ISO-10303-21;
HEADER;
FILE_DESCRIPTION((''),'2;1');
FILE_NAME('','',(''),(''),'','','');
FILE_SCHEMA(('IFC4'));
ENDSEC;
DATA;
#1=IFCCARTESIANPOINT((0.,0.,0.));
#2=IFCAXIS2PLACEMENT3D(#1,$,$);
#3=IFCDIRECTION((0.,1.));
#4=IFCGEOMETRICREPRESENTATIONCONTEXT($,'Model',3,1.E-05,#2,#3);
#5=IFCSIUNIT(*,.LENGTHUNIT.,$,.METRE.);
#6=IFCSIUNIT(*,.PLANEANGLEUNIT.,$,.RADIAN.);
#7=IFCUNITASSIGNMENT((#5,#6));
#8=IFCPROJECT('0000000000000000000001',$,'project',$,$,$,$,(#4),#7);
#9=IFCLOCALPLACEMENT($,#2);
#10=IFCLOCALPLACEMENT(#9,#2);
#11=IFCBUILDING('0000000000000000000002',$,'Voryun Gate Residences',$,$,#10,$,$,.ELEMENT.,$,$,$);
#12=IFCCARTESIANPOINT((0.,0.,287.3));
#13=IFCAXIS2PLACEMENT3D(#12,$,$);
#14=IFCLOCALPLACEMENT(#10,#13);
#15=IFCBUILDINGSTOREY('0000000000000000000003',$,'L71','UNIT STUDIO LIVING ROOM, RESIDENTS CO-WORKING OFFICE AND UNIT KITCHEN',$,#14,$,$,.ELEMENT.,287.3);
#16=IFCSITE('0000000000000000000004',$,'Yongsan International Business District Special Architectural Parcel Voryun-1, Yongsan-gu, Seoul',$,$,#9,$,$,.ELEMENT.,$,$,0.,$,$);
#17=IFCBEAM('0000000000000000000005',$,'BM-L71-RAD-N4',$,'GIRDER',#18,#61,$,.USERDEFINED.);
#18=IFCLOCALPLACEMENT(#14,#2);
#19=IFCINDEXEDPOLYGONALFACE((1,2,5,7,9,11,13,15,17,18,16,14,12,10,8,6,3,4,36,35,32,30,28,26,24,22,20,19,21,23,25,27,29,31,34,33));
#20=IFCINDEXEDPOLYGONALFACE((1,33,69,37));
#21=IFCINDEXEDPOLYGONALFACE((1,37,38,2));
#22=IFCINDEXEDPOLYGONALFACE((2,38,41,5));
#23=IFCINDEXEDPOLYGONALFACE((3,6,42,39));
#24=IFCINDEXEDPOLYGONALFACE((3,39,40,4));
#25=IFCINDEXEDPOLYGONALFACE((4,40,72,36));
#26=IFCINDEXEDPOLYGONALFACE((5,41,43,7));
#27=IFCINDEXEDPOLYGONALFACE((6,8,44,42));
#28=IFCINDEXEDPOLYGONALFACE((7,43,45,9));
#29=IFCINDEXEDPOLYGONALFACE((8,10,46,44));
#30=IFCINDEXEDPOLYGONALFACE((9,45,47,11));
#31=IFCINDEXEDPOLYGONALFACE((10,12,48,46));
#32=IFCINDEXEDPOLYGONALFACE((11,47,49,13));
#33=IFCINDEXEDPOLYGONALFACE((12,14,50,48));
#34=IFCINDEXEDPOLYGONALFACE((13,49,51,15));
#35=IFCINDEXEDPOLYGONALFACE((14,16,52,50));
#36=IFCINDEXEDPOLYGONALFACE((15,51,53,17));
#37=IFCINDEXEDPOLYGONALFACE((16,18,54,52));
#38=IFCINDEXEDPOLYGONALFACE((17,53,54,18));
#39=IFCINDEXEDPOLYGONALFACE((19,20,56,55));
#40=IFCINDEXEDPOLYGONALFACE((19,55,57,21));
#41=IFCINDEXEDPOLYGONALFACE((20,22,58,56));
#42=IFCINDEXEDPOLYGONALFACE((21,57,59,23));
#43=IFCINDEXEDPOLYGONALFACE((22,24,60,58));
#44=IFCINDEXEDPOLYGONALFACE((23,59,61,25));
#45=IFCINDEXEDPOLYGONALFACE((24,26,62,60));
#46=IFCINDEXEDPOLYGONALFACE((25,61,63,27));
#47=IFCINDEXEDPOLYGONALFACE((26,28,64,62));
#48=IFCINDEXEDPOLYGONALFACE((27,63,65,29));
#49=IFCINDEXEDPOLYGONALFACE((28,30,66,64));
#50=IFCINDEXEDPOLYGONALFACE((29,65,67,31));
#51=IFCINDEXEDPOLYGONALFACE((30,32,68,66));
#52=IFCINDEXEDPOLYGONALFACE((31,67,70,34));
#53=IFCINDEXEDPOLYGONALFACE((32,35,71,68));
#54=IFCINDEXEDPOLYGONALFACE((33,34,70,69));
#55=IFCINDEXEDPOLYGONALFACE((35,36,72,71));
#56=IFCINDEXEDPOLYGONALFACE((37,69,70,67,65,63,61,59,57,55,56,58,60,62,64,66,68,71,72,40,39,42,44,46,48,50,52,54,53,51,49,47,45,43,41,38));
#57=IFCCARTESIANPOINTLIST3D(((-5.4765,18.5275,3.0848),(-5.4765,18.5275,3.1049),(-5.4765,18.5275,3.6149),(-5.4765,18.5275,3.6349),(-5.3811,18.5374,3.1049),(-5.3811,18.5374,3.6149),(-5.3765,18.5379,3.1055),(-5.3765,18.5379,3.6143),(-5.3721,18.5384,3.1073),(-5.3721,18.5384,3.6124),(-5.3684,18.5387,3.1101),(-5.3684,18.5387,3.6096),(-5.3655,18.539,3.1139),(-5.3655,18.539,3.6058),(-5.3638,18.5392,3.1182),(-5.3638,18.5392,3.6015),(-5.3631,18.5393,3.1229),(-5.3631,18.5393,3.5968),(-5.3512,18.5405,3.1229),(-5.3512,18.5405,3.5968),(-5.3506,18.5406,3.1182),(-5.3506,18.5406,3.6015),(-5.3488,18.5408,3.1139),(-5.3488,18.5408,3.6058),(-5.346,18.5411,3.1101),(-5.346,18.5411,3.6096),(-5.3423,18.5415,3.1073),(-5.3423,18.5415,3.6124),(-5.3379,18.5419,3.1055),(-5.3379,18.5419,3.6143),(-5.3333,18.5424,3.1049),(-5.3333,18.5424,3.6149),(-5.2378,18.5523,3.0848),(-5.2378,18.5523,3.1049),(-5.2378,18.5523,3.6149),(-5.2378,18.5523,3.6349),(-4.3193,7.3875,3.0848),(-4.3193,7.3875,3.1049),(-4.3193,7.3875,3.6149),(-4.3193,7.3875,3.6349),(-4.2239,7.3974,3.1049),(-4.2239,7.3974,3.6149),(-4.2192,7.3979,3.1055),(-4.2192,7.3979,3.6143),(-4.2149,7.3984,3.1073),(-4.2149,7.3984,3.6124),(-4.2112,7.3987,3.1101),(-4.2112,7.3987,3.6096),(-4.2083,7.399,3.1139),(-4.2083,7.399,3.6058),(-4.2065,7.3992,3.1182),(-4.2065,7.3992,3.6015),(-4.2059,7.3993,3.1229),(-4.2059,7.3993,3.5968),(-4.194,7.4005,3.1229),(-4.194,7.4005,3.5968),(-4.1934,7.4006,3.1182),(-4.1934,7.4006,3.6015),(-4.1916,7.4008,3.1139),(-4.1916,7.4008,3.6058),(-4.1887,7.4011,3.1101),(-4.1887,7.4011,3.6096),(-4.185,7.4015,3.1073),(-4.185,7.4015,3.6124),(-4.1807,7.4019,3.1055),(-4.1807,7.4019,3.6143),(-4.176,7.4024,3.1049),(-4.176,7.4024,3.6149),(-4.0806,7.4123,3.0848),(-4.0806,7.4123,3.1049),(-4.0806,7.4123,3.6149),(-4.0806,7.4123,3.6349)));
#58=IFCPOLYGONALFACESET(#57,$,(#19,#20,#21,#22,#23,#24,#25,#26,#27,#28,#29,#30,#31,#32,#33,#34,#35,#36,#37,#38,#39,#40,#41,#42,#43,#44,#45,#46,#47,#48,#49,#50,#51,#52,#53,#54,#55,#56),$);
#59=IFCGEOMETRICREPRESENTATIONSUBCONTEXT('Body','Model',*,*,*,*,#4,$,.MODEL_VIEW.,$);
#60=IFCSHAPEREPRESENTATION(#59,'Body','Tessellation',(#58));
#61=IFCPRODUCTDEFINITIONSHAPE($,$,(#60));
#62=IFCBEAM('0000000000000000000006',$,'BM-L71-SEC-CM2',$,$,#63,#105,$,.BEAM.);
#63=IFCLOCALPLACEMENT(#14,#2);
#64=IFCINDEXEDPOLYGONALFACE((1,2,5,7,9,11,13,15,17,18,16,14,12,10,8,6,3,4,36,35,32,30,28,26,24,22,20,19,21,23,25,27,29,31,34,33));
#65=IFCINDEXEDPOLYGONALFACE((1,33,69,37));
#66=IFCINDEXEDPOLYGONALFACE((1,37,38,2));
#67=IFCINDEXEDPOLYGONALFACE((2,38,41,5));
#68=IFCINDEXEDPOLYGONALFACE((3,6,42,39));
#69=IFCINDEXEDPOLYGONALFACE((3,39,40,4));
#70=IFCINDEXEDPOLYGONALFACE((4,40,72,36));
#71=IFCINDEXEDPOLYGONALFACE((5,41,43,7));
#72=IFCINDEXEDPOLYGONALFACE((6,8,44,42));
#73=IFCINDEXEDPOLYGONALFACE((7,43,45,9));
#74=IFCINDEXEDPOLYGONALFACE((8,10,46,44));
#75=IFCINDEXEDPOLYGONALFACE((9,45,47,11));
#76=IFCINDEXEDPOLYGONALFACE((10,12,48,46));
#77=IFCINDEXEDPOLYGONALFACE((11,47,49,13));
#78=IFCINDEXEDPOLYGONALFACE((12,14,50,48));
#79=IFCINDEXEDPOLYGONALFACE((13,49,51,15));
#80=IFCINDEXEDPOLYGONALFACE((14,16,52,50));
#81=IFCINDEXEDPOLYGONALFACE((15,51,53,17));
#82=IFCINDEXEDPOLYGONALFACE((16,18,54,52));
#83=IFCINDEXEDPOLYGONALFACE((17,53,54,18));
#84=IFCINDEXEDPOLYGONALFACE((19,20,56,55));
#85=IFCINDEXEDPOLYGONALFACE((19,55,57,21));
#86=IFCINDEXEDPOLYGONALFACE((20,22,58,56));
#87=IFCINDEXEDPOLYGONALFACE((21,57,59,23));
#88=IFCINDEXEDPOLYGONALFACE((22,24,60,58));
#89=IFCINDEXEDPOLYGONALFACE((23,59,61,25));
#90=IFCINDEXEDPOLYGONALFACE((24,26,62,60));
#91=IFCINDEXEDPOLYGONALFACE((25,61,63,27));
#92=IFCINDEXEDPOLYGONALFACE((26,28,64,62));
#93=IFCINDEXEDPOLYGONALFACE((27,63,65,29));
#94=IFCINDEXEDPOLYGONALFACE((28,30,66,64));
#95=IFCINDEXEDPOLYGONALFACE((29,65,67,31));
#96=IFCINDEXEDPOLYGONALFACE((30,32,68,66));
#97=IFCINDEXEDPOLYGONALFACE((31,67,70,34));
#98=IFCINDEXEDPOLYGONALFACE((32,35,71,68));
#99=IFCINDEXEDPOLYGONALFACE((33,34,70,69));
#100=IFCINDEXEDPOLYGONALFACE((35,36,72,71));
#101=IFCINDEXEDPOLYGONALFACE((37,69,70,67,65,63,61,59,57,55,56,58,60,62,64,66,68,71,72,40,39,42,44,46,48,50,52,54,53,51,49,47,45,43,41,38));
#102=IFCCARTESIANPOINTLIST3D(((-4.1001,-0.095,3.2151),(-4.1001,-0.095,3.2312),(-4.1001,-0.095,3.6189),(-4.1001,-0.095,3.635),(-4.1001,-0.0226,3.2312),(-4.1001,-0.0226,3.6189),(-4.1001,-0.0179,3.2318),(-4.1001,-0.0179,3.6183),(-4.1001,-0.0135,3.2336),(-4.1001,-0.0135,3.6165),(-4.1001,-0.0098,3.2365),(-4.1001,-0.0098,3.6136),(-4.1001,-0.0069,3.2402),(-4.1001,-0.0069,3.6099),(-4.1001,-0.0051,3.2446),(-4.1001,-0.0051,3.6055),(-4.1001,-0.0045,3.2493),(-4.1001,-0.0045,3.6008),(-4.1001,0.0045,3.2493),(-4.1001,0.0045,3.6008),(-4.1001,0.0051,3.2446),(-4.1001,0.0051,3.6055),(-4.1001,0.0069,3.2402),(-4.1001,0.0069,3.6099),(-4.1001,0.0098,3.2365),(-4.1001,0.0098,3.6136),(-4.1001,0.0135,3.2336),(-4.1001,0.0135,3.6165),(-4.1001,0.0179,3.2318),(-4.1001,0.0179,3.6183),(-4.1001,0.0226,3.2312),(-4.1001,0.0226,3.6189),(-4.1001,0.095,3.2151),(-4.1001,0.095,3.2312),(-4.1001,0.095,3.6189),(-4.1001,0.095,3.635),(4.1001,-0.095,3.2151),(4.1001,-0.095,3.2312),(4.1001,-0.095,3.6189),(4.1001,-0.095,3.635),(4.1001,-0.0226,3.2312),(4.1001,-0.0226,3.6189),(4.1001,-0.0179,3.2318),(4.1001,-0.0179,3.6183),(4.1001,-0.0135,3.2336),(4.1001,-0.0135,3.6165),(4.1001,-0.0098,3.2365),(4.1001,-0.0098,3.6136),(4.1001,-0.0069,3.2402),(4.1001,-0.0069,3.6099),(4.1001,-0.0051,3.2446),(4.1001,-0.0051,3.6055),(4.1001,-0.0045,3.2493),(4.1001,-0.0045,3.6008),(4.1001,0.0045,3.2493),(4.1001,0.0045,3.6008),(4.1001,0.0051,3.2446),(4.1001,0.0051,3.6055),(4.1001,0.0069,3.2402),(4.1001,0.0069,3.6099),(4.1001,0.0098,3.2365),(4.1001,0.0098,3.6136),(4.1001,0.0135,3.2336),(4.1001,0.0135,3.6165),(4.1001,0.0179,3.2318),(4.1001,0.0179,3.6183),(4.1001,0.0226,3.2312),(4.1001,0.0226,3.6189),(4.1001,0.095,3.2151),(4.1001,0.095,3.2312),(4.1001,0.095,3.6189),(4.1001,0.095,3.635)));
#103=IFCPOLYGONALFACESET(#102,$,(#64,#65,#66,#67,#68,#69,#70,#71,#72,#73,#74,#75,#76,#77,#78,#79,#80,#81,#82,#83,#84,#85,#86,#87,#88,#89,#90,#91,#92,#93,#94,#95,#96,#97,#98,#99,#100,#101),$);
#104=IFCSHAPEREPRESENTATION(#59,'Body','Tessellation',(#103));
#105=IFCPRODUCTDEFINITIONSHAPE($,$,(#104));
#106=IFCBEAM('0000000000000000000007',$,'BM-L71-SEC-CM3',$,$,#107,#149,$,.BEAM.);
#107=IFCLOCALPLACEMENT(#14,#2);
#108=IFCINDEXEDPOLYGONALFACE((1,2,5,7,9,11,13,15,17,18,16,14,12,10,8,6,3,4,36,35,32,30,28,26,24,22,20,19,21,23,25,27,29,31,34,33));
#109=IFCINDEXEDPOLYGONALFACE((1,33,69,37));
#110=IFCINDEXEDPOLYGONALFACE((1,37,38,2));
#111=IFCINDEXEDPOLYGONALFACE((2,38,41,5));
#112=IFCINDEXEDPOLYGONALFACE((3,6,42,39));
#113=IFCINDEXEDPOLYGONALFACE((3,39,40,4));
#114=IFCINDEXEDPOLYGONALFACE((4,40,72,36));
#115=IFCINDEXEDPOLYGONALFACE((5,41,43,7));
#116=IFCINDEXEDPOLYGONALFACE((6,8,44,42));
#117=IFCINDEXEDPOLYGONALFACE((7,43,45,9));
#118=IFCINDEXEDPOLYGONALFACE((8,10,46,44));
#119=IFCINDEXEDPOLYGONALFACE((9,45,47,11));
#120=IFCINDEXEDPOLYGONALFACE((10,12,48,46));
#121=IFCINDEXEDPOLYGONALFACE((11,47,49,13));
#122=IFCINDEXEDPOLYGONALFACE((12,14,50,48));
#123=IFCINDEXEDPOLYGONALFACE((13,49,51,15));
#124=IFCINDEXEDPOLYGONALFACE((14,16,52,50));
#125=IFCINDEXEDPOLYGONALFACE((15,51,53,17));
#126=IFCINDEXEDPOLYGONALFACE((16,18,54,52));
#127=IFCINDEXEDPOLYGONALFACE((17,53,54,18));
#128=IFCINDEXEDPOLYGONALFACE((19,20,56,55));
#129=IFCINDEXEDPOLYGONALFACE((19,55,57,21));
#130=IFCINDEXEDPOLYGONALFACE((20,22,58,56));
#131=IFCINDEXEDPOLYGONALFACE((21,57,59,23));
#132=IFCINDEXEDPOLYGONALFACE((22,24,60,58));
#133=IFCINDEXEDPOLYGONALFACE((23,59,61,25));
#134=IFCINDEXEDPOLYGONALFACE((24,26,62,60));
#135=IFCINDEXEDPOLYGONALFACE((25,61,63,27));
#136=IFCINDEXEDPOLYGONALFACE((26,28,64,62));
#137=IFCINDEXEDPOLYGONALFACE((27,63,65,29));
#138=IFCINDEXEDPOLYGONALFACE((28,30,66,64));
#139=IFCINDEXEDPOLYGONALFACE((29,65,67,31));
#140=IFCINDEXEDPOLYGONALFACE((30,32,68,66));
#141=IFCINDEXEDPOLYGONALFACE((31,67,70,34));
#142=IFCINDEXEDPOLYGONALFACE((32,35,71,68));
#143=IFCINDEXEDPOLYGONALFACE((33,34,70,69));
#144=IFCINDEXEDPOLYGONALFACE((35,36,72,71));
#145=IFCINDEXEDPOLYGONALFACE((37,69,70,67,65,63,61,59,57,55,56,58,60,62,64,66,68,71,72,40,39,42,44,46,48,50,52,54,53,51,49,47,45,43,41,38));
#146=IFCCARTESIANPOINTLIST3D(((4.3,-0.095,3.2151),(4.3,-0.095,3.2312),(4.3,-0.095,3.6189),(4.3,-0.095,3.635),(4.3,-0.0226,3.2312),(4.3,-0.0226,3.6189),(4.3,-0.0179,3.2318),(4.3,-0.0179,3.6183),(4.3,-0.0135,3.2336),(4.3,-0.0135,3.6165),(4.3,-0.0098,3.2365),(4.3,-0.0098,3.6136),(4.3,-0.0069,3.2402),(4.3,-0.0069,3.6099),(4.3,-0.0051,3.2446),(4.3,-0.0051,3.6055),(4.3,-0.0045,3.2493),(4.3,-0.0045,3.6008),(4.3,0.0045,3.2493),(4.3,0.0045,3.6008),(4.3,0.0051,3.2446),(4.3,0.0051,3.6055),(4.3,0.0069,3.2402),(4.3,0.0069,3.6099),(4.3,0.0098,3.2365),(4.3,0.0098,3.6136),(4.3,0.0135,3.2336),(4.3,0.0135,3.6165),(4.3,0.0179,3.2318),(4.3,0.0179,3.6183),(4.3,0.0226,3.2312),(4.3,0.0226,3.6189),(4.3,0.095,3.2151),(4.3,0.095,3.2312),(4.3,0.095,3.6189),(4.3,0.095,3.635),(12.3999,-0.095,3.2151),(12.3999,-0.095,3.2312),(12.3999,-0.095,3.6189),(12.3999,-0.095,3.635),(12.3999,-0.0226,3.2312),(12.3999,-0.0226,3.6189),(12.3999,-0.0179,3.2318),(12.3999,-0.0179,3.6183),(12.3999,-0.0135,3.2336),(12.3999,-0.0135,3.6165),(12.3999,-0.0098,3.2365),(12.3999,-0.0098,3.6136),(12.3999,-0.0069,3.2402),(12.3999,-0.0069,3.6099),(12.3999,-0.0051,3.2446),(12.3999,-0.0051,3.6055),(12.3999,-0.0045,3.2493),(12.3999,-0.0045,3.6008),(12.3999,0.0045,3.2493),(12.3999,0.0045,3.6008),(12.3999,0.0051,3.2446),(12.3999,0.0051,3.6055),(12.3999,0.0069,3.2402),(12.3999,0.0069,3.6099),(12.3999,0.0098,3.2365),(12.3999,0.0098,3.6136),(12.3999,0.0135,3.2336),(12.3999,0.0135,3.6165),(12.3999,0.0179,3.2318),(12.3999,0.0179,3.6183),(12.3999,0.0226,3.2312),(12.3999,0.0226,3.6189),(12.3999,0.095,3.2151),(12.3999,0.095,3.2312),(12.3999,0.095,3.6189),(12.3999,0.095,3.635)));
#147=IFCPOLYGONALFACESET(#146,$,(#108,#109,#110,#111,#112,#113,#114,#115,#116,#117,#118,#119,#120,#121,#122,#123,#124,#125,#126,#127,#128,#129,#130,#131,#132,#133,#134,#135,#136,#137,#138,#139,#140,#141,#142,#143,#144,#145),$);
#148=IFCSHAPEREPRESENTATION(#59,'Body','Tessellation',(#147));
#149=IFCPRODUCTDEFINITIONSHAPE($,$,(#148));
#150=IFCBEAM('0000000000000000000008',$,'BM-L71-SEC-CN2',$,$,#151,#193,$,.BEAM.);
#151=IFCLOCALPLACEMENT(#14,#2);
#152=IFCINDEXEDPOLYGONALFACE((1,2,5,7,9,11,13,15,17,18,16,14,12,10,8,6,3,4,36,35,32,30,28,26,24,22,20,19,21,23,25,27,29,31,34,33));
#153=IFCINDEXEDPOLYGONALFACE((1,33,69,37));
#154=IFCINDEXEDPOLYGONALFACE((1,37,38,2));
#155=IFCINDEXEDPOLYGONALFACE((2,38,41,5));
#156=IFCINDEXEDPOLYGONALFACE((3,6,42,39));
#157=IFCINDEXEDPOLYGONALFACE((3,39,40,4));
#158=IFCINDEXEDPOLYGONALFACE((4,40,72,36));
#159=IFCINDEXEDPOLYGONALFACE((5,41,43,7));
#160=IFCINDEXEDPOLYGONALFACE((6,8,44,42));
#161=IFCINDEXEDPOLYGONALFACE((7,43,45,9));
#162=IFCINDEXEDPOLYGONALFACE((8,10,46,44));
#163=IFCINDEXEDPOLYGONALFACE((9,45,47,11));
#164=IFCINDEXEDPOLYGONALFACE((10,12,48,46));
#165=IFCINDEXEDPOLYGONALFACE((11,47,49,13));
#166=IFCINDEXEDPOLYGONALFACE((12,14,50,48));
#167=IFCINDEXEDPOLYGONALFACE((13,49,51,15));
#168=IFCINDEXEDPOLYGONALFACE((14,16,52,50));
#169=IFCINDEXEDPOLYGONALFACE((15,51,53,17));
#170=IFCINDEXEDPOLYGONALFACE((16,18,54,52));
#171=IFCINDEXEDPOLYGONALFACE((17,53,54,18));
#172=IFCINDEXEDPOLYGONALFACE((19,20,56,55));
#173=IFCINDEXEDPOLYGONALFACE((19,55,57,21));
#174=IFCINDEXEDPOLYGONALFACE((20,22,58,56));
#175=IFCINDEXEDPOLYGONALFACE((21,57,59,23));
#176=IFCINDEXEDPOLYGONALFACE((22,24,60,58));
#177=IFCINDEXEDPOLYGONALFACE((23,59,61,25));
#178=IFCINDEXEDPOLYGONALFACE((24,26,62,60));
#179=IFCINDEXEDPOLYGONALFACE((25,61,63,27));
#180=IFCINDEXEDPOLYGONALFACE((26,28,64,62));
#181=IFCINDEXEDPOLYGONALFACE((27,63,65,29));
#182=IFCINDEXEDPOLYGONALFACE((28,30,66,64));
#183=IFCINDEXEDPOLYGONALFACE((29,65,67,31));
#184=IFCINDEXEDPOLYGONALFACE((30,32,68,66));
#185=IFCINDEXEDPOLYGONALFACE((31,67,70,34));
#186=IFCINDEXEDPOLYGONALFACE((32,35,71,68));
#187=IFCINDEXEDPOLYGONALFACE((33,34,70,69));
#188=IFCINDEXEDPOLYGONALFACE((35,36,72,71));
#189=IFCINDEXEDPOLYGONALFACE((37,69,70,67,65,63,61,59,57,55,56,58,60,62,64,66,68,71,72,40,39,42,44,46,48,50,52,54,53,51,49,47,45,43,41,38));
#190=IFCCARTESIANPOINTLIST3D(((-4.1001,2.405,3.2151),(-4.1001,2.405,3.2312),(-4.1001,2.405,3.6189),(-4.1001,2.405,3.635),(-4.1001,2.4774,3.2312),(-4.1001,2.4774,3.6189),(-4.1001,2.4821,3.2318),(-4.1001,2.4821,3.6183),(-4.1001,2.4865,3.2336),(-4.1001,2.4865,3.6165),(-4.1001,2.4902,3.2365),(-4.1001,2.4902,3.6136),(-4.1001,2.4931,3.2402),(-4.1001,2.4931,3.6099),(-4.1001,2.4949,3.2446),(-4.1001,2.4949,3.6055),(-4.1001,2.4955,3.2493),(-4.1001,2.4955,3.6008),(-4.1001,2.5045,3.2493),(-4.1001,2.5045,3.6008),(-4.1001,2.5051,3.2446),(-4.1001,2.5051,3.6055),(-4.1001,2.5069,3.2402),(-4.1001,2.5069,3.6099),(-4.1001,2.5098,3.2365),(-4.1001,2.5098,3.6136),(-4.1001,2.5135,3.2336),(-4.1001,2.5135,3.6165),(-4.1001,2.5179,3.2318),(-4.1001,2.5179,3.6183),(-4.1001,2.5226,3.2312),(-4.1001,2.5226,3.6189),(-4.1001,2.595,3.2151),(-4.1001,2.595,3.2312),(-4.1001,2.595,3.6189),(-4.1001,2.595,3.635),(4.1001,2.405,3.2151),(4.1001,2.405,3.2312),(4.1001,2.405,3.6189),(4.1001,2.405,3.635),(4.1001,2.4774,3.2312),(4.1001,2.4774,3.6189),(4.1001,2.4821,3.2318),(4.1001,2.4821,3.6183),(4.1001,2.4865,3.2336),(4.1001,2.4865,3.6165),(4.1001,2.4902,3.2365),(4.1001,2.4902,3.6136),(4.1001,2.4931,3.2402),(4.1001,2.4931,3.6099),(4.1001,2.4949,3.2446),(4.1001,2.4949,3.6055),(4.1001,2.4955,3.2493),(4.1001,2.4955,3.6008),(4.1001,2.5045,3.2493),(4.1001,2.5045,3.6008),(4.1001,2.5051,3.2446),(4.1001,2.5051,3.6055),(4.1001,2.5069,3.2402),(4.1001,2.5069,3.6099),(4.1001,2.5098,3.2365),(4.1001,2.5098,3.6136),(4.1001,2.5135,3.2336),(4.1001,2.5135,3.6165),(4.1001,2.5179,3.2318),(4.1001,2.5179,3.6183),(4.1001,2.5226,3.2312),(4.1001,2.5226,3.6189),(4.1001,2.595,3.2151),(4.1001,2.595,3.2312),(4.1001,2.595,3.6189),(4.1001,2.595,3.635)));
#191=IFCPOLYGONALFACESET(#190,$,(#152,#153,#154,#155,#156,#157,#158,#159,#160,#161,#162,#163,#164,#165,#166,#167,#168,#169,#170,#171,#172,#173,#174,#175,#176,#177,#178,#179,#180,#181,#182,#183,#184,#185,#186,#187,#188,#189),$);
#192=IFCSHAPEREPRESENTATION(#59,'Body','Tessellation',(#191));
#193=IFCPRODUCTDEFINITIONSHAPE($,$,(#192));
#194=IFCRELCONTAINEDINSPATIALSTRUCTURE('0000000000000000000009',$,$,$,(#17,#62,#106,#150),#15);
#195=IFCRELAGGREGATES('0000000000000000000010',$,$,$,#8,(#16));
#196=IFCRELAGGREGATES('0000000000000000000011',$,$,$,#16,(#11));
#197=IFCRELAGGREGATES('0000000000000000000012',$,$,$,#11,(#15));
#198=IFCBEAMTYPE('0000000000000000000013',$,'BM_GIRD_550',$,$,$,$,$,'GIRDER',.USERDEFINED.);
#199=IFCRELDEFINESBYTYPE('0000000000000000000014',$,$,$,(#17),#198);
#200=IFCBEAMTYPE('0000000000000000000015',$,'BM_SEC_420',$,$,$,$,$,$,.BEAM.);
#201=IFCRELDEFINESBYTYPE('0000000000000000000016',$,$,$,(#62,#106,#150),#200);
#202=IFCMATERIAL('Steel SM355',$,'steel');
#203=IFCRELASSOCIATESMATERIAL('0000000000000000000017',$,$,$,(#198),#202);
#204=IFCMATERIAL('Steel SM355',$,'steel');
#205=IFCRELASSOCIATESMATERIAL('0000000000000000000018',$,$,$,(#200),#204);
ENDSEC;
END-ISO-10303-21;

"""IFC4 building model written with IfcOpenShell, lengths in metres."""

from ifc_helpers import new_model, si_unit, direction, frame, origin, origin_2d, place, context, subcontext, project, spatial, i_section, extrude, material, material_profile, profile_set, type_object, element, save


model = new_model("IFC4")

# Units and contexts
model_context = context("Model", 3, precision=1e-05, world=origin(), true_north=direction((0.0, 1.0)))
body_context = subcontext(model_context, "Body", "Model", "MODEL_VIEW")
ifc_project = project(units=[si_unit("LENGTHUNIT", "METRE"), si_unit("PLANEANGLEUNIT", "RADIAN")], contexts=[model_context])

# Site, building, storey
site_placement = place(None, origin())
site = spatial("IfcSite", under=ifc_project, at=site_placement, Name="Yongsan International Business District Special Architectural Parcel Voryun-1, Yongsan-gu, Seoul", CompositionType="ELEMENT", RefElevation=0.0)
building_placement = place(site_placement, origin())
building = spatial("IfcBuilding", under=site, at=building_placement, Name="Voryun Gate Residences", CompositionType="ELEMENT")
storey_placement = place(building_placement, frame((0.0, 0.0, 287.3)))
storey = spatial("IfcBuildingStorey", under=building, at=storey_placement, Name="L71", Description="UNIT STUDIO LIVING ROOM, RESIDENTS CO-WORKING OFFICE AND UNIT KITCHEN", CompositionType="ELEMENT", Elevation=287.3)

# Beams
ifc_material_1 = material(Name="Steel SM355", Category="steel")
ifc_material_profile_1 = material_profile(ifc_material_1, i_section(OverallWidth=0.24, OverallDepth=0.55, WebThickness=0.012, FlangeThickness=0.02, FilletRadius=0.0181, at=origin_2d()), Name="H-550x240x12x20")
ifc_profile_set_1 = profile_set([ifc_material_profile_1], Name="Steel SM355")
beam_type_1 = type_object("IfcBeamType", Name="BM_GIRD_550", ElementType="GIRDER", PredefinedType="USERDEFINED", material=ifc_profile_set_1)
beam_1_placement = place(storey_placement, frame((-4.2, 7.3999, 3.3599), z_axis=(-0.103325, 0.994648, 0.0), x_axis=(-0.994648, -0.103325, 0.0)))
element("IfcBeam", 1, at=beam_1_placement, inside=storey, type_object=beam_type_1, Name="BM-L71-RAD-N4", ObjectType="GIRDER", PredefinedType="USERDEFINED", context=body_context, shape_type="SweptSolid", body=[
    extrude(i_section(OverallWidth=0.24, OverallDepth=0.55, WebThickness=0.012, FlangeThickness=0.02, FilletRadius=0.0181, at=origin_2d()), origin(), (0.0, 0.0, 1.0), 11.2),
])
ifc_material_2 = material(Name="Steel SM355", Category="steel")
ifc_material_profile_2 = material_profile(ifc_material_2, i_section(OverallWidth=0.1899, OverallDepth=0.4199, WebThickness=0.009, FlangeThickness=0.0161, FilletRadius=0.0181, at=origin_2d()), Name="H-420x190x9x16")
ifc_profile_set_2 = profile_set([ifc_material_profile_2], Name="Steel SM355")
beam_type_2 = type_object("IfcBeamType", Name="BM_SEC_420", PredefinedType="BEAM", material=ifc_profile_set_2)
beam_2_placement = place(storey_placement, frame((-4.1001, 0.0, 3.425), z_axis=(1.0, 0.0, 0.0), x_axis=(0.0, 1.0, 0.0)))
element("IfcBeam", 2, at=beam_2_placement, inside=storey, type_object=beam_type_2, Name="BM-L71-SEC-CM2", PredefinedType="BEAM", context=body_context, shape_type="SweptSolid", body=[
    extrude(i_section(OverallWidth=0.1899, OverallDepth=0.4199, WebThickness=0.009, FlangeThickness=0.0161, FilletRadius=0.0181, at=origin_2d()), origin(), (0.0, 0.0, 1.0), 8.2002),
])
beam_3_placement = place(storey_placement, frame((4.3, 0.0, 3.425), z_axis=(1.0, 0.0, 0.0), x_axis=(0.0, 1.0, 0.0)))
element("IfcBeam", 3, at=beam_3_placement, inside=storey, type_object=beam_type_2, Name="BM-L71-SEC-CM3", PredefinedType="BEAM", context=body_context, shape_type="SweptSolid", body=[
    extrude(i_section(OverallWidth=0.1899, OverallDepth=0.4199, WebThickness=0.009, FlangeThickness=0.0161, FilletRadius=0.0181, at=origin_2d()), origin(), (0.0, 0.0, 1.0), 8.0999),
])
beam_4_placement = place(storey_placement, frame((-4.1001, 2.5, 3.425), z_axis=(1.0, 0.0, 0.0), x_axis=(0.0, 1.0, 0.0)))
element("IfcBeam", 4, at=beam_4_placement, inside=storey, type_object=beam_type_2, Name="BM-L71-SEC-CN2", PredefinedType="BEAM", context=body_context, shape_type="SweptSolid", body=[
    extrude(i_section(OverallWidth=0.1899, OverallDepth=0.4199, WebThickness=0.009, FlangeThickness=0.0161, FilletRadius=0.0181, at=origin_2d()), origin(), (0.0, 0.0, 1.0), 8.2002),
])

save(model, "model.ifc")
